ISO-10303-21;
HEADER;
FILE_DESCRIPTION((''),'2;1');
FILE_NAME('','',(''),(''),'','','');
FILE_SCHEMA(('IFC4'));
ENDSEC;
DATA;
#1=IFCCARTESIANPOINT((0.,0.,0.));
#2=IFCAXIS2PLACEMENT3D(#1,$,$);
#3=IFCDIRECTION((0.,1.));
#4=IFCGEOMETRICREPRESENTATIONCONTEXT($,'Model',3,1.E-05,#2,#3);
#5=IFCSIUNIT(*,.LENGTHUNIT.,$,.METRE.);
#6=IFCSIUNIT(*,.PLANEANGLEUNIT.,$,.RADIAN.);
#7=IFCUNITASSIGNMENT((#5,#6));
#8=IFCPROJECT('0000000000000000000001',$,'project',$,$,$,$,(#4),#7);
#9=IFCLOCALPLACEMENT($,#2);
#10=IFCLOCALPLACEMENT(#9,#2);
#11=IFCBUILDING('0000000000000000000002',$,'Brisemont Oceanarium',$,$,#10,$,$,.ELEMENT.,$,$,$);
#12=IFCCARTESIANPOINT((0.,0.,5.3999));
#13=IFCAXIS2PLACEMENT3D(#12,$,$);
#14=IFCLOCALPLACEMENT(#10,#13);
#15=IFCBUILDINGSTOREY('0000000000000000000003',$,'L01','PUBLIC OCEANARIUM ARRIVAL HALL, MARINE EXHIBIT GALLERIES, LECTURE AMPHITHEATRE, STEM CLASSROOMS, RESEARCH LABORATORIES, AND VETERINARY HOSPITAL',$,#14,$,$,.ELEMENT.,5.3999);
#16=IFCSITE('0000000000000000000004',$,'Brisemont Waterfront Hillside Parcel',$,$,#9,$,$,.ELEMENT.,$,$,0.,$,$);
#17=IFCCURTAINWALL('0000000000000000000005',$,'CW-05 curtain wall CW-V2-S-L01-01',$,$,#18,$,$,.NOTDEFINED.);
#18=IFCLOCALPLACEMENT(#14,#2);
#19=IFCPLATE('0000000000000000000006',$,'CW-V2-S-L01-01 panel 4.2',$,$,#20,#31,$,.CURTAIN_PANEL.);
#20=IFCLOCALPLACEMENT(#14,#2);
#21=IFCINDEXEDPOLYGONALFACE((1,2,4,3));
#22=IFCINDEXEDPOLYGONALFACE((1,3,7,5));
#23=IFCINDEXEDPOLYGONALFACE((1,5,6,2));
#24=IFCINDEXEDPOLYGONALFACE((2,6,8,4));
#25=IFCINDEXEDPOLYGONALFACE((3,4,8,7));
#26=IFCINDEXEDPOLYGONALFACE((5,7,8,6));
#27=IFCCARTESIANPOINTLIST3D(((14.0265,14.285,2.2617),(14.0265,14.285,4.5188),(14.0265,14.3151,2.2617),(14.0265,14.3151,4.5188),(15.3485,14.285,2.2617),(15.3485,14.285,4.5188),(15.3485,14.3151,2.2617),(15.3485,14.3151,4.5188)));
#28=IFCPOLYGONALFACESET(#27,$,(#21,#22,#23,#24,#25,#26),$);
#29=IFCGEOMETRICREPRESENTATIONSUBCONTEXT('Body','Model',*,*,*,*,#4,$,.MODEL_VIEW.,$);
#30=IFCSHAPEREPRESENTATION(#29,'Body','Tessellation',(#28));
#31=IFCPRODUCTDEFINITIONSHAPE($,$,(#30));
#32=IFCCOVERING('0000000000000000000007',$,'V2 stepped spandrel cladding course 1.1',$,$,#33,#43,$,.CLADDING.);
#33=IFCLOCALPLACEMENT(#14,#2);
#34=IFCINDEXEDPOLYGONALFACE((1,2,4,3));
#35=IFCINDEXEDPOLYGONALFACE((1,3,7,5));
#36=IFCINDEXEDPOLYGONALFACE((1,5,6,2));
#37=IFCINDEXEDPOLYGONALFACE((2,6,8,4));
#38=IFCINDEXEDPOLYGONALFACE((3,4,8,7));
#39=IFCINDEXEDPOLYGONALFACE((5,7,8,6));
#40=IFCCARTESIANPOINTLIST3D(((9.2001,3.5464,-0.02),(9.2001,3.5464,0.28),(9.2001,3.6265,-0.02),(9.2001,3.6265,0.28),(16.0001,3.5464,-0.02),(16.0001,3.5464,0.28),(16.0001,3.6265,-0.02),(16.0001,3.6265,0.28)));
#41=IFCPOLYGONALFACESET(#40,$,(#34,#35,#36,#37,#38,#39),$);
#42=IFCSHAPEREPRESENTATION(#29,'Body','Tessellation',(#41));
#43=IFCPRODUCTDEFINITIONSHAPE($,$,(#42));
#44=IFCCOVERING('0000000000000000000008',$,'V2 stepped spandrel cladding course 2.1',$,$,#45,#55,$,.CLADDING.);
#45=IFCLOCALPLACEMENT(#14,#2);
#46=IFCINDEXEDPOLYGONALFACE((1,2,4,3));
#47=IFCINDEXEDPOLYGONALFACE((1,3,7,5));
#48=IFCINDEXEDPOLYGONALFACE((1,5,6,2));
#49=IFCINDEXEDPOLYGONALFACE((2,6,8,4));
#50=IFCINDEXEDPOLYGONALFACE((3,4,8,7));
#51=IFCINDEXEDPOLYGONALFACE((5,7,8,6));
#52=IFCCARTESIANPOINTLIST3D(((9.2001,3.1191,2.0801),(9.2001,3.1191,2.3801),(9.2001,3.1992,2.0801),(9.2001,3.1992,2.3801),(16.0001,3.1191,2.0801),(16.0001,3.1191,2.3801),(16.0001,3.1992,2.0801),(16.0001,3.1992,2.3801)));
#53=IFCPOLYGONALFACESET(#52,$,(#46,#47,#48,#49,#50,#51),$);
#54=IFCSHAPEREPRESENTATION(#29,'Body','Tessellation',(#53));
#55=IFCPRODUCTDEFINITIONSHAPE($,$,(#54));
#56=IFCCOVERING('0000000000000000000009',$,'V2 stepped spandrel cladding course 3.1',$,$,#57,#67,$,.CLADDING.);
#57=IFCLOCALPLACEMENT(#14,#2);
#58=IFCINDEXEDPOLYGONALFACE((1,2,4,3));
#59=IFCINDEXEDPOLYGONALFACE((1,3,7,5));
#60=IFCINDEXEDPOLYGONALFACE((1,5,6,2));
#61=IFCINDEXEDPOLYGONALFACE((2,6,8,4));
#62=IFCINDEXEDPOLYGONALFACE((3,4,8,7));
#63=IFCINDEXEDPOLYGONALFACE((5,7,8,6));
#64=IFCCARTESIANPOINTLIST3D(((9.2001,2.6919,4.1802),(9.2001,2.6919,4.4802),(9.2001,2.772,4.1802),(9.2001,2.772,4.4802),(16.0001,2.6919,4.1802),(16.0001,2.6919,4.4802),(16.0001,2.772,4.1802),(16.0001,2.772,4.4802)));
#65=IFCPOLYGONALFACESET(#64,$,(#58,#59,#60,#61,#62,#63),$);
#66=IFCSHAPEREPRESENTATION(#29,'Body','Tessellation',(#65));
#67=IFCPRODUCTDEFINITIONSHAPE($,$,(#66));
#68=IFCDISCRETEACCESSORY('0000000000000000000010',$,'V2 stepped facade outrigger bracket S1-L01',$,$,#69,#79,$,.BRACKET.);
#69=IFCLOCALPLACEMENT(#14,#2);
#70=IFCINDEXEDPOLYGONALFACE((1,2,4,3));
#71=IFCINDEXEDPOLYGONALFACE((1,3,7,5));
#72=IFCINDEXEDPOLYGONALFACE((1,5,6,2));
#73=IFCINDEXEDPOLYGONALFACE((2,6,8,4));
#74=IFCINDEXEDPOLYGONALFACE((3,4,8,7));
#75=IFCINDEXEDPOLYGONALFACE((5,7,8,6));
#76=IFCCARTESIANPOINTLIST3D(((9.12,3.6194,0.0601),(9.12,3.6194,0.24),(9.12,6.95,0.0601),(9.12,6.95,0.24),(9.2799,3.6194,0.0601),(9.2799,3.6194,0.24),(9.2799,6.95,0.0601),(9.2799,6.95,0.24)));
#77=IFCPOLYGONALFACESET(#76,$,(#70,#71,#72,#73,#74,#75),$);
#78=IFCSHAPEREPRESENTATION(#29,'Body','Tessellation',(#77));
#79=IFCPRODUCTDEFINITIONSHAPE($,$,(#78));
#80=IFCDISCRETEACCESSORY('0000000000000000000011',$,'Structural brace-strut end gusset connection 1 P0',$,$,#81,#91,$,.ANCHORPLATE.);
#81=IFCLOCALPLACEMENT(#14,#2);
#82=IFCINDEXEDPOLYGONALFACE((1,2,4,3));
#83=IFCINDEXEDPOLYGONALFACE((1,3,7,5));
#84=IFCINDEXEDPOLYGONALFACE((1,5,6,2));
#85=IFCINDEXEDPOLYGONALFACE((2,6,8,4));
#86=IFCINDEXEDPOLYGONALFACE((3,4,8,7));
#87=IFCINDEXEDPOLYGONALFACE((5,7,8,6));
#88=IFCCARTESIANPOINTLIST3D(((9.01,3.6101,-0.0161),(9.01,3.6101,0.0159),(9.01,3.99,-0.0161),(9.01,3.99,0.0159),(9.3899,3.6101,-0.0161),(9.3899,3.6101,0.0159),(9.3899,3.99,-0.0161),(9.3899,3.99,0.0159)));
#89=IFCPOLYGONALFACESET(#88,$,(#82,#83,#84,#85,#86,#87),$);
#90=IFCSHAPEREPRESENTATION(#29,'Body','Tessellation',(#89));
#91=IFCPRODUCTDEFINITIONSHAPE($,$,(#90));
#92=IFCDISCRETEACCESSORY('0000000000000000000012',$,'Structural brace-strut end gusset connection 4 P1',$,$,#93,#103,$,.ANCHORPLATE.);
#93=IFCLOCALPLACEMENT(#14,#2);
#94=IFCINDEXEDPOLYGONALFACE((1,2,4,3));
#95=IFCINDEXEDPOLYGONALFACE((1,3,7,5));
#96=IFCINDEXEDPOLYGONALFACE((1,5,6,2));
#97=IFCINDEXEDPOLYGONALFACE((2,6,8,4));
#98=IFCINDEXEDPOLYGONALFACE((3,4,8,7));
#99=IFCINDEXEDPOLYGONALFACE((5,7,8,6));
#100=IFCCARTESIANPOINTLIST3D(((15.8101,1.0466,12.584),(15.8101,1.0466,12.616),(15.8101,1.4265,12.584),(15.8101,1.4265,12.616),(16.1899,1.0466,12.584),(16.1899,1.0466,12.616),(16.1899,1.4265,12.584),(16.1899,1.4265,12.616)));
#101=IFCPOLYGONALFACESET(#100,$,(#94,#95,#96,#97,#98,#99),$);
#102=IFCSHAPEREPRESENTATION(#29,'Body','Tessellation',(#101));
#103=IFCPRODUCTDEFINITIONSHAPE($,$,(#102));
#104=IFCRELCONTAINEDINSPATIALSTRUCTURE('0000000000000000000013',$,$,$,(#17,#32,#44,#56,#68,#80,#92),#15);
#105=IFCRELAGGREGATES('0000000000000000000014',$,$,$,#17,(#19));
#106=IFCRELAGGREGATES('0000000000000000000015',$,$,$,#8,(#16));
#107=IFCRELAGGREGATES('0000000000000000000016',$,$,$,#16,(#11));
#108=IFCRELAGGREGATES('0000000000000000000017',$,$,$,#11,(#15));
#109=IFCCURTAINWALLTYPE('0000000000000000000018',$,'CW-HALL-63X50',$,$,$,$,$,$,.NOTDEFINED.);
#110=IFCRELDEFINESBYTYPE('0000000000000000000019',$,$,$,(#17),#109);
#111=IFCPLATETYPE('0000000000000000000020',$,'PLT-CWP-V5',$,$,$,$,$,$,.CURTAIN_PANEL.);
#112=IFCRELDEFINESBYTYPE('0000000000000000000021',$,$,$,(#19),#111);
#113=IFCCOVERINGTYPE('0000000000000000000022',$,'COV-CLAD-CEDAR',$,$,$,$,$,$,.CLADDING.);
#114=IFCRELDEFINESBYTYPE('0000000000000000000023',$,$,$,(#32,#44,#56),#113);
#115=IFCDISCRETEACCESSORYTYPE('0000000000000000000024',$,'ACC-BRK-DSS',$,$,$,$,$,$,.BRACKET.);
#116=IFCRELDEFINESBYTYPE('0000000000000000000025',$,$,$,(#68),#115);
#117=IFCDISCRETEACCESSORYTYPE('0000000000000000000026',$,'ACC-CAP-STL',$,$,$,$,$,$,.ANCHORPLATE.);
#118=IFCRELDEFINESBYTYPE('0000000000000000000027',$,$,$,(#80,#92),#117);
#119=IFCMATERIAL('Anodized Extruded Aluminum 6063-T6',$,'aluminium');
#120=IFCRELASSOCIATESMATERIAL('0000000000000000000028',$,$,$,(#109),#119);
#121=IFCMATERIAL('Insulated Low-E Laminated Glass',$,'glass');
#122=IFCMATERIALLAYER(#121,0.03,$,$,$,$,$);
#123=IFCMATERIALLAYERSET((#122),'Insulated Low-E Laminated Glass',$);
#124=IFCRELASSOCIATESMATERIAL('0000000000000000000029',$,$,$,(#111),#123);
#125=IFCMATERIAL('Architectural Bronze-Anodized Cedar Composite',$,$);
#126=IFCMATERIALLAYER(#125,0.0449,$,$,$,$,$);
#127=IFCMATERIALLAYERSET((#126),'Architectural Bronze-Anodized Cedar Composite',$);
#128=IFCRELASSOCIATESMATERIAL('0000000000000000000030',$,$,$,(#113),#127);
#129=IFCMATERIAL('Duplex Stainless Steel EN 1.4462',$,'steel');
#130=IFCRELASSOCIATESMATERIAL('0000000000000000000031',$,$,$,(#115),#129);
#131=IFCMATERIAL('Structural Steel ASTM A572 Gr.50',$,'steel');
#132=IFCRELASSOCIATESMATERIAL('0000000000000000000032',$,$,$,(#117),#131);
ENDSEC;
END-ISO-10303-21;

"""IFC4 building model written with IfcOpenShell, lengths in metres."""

from ifc_helpers import new_model, si_unit, direction, frame, origin, origin_2d, place, context, subcontext, project, spatial, rectangle, extrude, material, layer, layer_set, type_object, element, aggregate, save


model = new_model("IFC4")

# Units and contexts
model_context = context("Model", 3, precision=1e-05, world=origin(), true_north=direction((0.0, 1.0)))
body_context = subcontext(model_context, "Body", "Model", "MODEL_VIEW")
ifc_project = project(units=[si_unit("LENGTHUNIT", "METRE"), si_unit("PLANEANGLEUNIT", "RADIAN")], contexts=[model_context])

# Site, building, storey
site_placement = place(None, origin())
site = spatial("IfcSite", under=ifc_project, at=site_placement, Name="Brisemont Waterfront Hillside Parcel", CompositionType="ELEMENT", RefElevation=0.0)
building_placement = place(site_placement, origin())
building = spatial("IfcBuilding", under=site, at=building_placement, Name="Brisemont Oceanarium", CompositionType="ELEMENT")
storey_placement = place(building_placement, frame((0.0, 0.0, 5.3999)))
storey = spatial("IfcBuildingStorey", under=building, at=storey_placement, Name="L01", Description="PUBLIC OCEANARIUM ARRIVAL HALL, MARINE EXHIBIT GALLERIES, LECTURE AMPHITHEATRE, STEM CLASSROOMS, RESEARCH LABORATORIES, AND VETERINARY HOSPITAL", CompositionType="ELEMENT", Elevation=5.3999)

# Curtain wall
ifc_material_1 = material(Name="Anodized Extruded Aluminum 6063-T6", Category="aluminium")
curtain_wall_type = type_object("IfcCurtainWallType", Name="CW-HALL-63X50", PredefinedType="NOTDEFINED", material=ifc_material_1)
curtain_wall_placement = place(storey_placement, origin())
curtain_wall = element("IfcCurtainWall", 1, at=curtain_wall_placement, inside=storey, type_object=curtain_wall_type, Name="CW-05 curtain wall CW-V2-S-L01-01", PredefinedType="NOTDEFINED")

# Plate
ifc_material_2 = material(Name="Insulated Low-E Laminated Glass", Category="glass")
ifc_layer_1 = layer(ifc_material_2, 0.03)
ifc_layer_set_1 = layer_set([ifc_layer_1], Name="Insulated Low-E Laminated Glass")
plate_type = type_object("IfcPlateType", Name="PLT-CWP-V5", PredefinedType="CURTAIN_PANEL", material=ifc_layer_set_1)
plate_1_placement = place(storey_placement, frame((14.6875, 14.3, 2.2617), z_axis=(0.0, 0.0, 1.0), x_axis=(1.0, 0.0, 0.0)))
plate_1 = element("IfcPlate", 2, at=plate_1_placement, type_object=plate_type, Name="CW-V2-S-L01-01 panel 4.2", PredefinedType="CURTAIN_PANEL", context=body_context, shape_type="SweptSolid", body=[
    extrude(rectangle(XDim=1.322, YDim=0.03, at=origin_2d()), origin(), (0.0, 0.0, 1.0), 2.2571),
])
aggregate(curtain_wall, [plate_1])

# Coverings
ifc_material_3 = material(Name="Architectural Bronze-Anodized Cedar Composite")
ifc_layer_2 = layer(ifc_material_3, 0.0449)
ifc_layer_set_2 = layer_set([ifc_layer_2], Name="Architectural Bronze-Anodized Cedar Composite")
covering_type = type_object("IfcCoveringType", Name="COV-CLAD-CEDAR", PredefinedType="CLADDING", material=ifc_layer_set_2)
for number, where, z_axis, x_axis, name in (
    (3, (12.6001, 3.5864, -0.02), (0.0, 0.0, 1.0), (1.0, 0.0, 0.0), "V2 stepped spandrel cladding course 1.1"),
    (4, (12.6001, 3.1592, 2.0801), (0.0, 0.0, 1.0), (1.0, 0.0, 0.0), "V2 stepped spandrel cladding course 2.1"),
    (5, (12.6001, 2.7319, 4.1802), (0.0, 0.0, 1.0), (1.0, 0.0, 0.0), "V2 stepped spandrel cladding course 3.1"),
):
    element("IfcCovering", number, at=place(storey_placement, frame(where, z_axis=z_axis, x_axis=x_axis)), inside=storey, type_object=covering_type, Name=name, PredefinedType="CLADDING", context=body_context, shape_type="SweptSolid", body=[
        extrude(rectangle(XDim=6.8, YDim=0.0801, at=origin_2d()), origin(), (0.0, 0.0, 1.0), 0.3),
    ])

# Discrete accessories
ifc_material_4 = material(Name="Duplex Stainless Steel EN 1.4462", Category="steel")
discrete_accessory_type_1 = type_object("IfcDiscreteAccessoryType", Name="ACC-BRK-DSS", PredefinedType="BRACKET", material=ifc_material_4)
discrete_accessory_placement = place(storey_placement, frame((9.2, 5.2847, 0.0601), z_axis=(0.0, 0.0, 1.0), x_axis=(1.0, 0.0, 0.0)))
element("IfcDiscreteAccessory", 6, at=discrete_accessory_placement, inside=storey, type_object=discrete_accessory_type_1, Name="V2 stepped facade outrigger bracket S1-L01", PredefinedType="BRACKET", context=body_context, shape_type="SweptSolid", body=[
    extrude(rectangle(XDim=0.1599, YDim=3.3306, at=origin_2d()), origin(), (0.0, 0.0, 1.0), 0.1799),
])
ifc_material_5 = material(Name="Structural Steel ASTM A572 Gr.50", Category="steel")
discrete_accessory_type_2 = type_object("IfcDiscreteAccessoryType", Name="ACC-CAP-STL", PredefinedType="ANCHORPLATE", material=ifc_material_5)
for number, where, z_axis, x_axis, name in (
    (7, (9.2, 3.8, -0.0161), (0.0, 0.0, 1.0), (1.0, 0.0, 0.0), "Structural brace-strut end gusset connection 1 P0"),
    (8, (16.0, 1.2366, 12.584), (0.0, 0.0, 1.0), (1.0, 0.0, 0.0), "Structural brace-strut end gusset connection 4 P1"),
):
    element("IfcDiscreteAccessory", number, at=place(storey_placement, frame(where, z_axis=z_axis, x_axis=x_axis)), inside=storey, type_object=discrete_accessory_type_2, Name=name, PredefinedType="ANCHORPLATE", context=body_context, shape_type="SweptSolid", body=[
        extrude(rectangle(XDim=0.3799, YDim=0.3799, at=origin_2d()), origin(), (0.0, 0.0, 1.0), 0.032),
    ])

save(model, "model.ifc")
